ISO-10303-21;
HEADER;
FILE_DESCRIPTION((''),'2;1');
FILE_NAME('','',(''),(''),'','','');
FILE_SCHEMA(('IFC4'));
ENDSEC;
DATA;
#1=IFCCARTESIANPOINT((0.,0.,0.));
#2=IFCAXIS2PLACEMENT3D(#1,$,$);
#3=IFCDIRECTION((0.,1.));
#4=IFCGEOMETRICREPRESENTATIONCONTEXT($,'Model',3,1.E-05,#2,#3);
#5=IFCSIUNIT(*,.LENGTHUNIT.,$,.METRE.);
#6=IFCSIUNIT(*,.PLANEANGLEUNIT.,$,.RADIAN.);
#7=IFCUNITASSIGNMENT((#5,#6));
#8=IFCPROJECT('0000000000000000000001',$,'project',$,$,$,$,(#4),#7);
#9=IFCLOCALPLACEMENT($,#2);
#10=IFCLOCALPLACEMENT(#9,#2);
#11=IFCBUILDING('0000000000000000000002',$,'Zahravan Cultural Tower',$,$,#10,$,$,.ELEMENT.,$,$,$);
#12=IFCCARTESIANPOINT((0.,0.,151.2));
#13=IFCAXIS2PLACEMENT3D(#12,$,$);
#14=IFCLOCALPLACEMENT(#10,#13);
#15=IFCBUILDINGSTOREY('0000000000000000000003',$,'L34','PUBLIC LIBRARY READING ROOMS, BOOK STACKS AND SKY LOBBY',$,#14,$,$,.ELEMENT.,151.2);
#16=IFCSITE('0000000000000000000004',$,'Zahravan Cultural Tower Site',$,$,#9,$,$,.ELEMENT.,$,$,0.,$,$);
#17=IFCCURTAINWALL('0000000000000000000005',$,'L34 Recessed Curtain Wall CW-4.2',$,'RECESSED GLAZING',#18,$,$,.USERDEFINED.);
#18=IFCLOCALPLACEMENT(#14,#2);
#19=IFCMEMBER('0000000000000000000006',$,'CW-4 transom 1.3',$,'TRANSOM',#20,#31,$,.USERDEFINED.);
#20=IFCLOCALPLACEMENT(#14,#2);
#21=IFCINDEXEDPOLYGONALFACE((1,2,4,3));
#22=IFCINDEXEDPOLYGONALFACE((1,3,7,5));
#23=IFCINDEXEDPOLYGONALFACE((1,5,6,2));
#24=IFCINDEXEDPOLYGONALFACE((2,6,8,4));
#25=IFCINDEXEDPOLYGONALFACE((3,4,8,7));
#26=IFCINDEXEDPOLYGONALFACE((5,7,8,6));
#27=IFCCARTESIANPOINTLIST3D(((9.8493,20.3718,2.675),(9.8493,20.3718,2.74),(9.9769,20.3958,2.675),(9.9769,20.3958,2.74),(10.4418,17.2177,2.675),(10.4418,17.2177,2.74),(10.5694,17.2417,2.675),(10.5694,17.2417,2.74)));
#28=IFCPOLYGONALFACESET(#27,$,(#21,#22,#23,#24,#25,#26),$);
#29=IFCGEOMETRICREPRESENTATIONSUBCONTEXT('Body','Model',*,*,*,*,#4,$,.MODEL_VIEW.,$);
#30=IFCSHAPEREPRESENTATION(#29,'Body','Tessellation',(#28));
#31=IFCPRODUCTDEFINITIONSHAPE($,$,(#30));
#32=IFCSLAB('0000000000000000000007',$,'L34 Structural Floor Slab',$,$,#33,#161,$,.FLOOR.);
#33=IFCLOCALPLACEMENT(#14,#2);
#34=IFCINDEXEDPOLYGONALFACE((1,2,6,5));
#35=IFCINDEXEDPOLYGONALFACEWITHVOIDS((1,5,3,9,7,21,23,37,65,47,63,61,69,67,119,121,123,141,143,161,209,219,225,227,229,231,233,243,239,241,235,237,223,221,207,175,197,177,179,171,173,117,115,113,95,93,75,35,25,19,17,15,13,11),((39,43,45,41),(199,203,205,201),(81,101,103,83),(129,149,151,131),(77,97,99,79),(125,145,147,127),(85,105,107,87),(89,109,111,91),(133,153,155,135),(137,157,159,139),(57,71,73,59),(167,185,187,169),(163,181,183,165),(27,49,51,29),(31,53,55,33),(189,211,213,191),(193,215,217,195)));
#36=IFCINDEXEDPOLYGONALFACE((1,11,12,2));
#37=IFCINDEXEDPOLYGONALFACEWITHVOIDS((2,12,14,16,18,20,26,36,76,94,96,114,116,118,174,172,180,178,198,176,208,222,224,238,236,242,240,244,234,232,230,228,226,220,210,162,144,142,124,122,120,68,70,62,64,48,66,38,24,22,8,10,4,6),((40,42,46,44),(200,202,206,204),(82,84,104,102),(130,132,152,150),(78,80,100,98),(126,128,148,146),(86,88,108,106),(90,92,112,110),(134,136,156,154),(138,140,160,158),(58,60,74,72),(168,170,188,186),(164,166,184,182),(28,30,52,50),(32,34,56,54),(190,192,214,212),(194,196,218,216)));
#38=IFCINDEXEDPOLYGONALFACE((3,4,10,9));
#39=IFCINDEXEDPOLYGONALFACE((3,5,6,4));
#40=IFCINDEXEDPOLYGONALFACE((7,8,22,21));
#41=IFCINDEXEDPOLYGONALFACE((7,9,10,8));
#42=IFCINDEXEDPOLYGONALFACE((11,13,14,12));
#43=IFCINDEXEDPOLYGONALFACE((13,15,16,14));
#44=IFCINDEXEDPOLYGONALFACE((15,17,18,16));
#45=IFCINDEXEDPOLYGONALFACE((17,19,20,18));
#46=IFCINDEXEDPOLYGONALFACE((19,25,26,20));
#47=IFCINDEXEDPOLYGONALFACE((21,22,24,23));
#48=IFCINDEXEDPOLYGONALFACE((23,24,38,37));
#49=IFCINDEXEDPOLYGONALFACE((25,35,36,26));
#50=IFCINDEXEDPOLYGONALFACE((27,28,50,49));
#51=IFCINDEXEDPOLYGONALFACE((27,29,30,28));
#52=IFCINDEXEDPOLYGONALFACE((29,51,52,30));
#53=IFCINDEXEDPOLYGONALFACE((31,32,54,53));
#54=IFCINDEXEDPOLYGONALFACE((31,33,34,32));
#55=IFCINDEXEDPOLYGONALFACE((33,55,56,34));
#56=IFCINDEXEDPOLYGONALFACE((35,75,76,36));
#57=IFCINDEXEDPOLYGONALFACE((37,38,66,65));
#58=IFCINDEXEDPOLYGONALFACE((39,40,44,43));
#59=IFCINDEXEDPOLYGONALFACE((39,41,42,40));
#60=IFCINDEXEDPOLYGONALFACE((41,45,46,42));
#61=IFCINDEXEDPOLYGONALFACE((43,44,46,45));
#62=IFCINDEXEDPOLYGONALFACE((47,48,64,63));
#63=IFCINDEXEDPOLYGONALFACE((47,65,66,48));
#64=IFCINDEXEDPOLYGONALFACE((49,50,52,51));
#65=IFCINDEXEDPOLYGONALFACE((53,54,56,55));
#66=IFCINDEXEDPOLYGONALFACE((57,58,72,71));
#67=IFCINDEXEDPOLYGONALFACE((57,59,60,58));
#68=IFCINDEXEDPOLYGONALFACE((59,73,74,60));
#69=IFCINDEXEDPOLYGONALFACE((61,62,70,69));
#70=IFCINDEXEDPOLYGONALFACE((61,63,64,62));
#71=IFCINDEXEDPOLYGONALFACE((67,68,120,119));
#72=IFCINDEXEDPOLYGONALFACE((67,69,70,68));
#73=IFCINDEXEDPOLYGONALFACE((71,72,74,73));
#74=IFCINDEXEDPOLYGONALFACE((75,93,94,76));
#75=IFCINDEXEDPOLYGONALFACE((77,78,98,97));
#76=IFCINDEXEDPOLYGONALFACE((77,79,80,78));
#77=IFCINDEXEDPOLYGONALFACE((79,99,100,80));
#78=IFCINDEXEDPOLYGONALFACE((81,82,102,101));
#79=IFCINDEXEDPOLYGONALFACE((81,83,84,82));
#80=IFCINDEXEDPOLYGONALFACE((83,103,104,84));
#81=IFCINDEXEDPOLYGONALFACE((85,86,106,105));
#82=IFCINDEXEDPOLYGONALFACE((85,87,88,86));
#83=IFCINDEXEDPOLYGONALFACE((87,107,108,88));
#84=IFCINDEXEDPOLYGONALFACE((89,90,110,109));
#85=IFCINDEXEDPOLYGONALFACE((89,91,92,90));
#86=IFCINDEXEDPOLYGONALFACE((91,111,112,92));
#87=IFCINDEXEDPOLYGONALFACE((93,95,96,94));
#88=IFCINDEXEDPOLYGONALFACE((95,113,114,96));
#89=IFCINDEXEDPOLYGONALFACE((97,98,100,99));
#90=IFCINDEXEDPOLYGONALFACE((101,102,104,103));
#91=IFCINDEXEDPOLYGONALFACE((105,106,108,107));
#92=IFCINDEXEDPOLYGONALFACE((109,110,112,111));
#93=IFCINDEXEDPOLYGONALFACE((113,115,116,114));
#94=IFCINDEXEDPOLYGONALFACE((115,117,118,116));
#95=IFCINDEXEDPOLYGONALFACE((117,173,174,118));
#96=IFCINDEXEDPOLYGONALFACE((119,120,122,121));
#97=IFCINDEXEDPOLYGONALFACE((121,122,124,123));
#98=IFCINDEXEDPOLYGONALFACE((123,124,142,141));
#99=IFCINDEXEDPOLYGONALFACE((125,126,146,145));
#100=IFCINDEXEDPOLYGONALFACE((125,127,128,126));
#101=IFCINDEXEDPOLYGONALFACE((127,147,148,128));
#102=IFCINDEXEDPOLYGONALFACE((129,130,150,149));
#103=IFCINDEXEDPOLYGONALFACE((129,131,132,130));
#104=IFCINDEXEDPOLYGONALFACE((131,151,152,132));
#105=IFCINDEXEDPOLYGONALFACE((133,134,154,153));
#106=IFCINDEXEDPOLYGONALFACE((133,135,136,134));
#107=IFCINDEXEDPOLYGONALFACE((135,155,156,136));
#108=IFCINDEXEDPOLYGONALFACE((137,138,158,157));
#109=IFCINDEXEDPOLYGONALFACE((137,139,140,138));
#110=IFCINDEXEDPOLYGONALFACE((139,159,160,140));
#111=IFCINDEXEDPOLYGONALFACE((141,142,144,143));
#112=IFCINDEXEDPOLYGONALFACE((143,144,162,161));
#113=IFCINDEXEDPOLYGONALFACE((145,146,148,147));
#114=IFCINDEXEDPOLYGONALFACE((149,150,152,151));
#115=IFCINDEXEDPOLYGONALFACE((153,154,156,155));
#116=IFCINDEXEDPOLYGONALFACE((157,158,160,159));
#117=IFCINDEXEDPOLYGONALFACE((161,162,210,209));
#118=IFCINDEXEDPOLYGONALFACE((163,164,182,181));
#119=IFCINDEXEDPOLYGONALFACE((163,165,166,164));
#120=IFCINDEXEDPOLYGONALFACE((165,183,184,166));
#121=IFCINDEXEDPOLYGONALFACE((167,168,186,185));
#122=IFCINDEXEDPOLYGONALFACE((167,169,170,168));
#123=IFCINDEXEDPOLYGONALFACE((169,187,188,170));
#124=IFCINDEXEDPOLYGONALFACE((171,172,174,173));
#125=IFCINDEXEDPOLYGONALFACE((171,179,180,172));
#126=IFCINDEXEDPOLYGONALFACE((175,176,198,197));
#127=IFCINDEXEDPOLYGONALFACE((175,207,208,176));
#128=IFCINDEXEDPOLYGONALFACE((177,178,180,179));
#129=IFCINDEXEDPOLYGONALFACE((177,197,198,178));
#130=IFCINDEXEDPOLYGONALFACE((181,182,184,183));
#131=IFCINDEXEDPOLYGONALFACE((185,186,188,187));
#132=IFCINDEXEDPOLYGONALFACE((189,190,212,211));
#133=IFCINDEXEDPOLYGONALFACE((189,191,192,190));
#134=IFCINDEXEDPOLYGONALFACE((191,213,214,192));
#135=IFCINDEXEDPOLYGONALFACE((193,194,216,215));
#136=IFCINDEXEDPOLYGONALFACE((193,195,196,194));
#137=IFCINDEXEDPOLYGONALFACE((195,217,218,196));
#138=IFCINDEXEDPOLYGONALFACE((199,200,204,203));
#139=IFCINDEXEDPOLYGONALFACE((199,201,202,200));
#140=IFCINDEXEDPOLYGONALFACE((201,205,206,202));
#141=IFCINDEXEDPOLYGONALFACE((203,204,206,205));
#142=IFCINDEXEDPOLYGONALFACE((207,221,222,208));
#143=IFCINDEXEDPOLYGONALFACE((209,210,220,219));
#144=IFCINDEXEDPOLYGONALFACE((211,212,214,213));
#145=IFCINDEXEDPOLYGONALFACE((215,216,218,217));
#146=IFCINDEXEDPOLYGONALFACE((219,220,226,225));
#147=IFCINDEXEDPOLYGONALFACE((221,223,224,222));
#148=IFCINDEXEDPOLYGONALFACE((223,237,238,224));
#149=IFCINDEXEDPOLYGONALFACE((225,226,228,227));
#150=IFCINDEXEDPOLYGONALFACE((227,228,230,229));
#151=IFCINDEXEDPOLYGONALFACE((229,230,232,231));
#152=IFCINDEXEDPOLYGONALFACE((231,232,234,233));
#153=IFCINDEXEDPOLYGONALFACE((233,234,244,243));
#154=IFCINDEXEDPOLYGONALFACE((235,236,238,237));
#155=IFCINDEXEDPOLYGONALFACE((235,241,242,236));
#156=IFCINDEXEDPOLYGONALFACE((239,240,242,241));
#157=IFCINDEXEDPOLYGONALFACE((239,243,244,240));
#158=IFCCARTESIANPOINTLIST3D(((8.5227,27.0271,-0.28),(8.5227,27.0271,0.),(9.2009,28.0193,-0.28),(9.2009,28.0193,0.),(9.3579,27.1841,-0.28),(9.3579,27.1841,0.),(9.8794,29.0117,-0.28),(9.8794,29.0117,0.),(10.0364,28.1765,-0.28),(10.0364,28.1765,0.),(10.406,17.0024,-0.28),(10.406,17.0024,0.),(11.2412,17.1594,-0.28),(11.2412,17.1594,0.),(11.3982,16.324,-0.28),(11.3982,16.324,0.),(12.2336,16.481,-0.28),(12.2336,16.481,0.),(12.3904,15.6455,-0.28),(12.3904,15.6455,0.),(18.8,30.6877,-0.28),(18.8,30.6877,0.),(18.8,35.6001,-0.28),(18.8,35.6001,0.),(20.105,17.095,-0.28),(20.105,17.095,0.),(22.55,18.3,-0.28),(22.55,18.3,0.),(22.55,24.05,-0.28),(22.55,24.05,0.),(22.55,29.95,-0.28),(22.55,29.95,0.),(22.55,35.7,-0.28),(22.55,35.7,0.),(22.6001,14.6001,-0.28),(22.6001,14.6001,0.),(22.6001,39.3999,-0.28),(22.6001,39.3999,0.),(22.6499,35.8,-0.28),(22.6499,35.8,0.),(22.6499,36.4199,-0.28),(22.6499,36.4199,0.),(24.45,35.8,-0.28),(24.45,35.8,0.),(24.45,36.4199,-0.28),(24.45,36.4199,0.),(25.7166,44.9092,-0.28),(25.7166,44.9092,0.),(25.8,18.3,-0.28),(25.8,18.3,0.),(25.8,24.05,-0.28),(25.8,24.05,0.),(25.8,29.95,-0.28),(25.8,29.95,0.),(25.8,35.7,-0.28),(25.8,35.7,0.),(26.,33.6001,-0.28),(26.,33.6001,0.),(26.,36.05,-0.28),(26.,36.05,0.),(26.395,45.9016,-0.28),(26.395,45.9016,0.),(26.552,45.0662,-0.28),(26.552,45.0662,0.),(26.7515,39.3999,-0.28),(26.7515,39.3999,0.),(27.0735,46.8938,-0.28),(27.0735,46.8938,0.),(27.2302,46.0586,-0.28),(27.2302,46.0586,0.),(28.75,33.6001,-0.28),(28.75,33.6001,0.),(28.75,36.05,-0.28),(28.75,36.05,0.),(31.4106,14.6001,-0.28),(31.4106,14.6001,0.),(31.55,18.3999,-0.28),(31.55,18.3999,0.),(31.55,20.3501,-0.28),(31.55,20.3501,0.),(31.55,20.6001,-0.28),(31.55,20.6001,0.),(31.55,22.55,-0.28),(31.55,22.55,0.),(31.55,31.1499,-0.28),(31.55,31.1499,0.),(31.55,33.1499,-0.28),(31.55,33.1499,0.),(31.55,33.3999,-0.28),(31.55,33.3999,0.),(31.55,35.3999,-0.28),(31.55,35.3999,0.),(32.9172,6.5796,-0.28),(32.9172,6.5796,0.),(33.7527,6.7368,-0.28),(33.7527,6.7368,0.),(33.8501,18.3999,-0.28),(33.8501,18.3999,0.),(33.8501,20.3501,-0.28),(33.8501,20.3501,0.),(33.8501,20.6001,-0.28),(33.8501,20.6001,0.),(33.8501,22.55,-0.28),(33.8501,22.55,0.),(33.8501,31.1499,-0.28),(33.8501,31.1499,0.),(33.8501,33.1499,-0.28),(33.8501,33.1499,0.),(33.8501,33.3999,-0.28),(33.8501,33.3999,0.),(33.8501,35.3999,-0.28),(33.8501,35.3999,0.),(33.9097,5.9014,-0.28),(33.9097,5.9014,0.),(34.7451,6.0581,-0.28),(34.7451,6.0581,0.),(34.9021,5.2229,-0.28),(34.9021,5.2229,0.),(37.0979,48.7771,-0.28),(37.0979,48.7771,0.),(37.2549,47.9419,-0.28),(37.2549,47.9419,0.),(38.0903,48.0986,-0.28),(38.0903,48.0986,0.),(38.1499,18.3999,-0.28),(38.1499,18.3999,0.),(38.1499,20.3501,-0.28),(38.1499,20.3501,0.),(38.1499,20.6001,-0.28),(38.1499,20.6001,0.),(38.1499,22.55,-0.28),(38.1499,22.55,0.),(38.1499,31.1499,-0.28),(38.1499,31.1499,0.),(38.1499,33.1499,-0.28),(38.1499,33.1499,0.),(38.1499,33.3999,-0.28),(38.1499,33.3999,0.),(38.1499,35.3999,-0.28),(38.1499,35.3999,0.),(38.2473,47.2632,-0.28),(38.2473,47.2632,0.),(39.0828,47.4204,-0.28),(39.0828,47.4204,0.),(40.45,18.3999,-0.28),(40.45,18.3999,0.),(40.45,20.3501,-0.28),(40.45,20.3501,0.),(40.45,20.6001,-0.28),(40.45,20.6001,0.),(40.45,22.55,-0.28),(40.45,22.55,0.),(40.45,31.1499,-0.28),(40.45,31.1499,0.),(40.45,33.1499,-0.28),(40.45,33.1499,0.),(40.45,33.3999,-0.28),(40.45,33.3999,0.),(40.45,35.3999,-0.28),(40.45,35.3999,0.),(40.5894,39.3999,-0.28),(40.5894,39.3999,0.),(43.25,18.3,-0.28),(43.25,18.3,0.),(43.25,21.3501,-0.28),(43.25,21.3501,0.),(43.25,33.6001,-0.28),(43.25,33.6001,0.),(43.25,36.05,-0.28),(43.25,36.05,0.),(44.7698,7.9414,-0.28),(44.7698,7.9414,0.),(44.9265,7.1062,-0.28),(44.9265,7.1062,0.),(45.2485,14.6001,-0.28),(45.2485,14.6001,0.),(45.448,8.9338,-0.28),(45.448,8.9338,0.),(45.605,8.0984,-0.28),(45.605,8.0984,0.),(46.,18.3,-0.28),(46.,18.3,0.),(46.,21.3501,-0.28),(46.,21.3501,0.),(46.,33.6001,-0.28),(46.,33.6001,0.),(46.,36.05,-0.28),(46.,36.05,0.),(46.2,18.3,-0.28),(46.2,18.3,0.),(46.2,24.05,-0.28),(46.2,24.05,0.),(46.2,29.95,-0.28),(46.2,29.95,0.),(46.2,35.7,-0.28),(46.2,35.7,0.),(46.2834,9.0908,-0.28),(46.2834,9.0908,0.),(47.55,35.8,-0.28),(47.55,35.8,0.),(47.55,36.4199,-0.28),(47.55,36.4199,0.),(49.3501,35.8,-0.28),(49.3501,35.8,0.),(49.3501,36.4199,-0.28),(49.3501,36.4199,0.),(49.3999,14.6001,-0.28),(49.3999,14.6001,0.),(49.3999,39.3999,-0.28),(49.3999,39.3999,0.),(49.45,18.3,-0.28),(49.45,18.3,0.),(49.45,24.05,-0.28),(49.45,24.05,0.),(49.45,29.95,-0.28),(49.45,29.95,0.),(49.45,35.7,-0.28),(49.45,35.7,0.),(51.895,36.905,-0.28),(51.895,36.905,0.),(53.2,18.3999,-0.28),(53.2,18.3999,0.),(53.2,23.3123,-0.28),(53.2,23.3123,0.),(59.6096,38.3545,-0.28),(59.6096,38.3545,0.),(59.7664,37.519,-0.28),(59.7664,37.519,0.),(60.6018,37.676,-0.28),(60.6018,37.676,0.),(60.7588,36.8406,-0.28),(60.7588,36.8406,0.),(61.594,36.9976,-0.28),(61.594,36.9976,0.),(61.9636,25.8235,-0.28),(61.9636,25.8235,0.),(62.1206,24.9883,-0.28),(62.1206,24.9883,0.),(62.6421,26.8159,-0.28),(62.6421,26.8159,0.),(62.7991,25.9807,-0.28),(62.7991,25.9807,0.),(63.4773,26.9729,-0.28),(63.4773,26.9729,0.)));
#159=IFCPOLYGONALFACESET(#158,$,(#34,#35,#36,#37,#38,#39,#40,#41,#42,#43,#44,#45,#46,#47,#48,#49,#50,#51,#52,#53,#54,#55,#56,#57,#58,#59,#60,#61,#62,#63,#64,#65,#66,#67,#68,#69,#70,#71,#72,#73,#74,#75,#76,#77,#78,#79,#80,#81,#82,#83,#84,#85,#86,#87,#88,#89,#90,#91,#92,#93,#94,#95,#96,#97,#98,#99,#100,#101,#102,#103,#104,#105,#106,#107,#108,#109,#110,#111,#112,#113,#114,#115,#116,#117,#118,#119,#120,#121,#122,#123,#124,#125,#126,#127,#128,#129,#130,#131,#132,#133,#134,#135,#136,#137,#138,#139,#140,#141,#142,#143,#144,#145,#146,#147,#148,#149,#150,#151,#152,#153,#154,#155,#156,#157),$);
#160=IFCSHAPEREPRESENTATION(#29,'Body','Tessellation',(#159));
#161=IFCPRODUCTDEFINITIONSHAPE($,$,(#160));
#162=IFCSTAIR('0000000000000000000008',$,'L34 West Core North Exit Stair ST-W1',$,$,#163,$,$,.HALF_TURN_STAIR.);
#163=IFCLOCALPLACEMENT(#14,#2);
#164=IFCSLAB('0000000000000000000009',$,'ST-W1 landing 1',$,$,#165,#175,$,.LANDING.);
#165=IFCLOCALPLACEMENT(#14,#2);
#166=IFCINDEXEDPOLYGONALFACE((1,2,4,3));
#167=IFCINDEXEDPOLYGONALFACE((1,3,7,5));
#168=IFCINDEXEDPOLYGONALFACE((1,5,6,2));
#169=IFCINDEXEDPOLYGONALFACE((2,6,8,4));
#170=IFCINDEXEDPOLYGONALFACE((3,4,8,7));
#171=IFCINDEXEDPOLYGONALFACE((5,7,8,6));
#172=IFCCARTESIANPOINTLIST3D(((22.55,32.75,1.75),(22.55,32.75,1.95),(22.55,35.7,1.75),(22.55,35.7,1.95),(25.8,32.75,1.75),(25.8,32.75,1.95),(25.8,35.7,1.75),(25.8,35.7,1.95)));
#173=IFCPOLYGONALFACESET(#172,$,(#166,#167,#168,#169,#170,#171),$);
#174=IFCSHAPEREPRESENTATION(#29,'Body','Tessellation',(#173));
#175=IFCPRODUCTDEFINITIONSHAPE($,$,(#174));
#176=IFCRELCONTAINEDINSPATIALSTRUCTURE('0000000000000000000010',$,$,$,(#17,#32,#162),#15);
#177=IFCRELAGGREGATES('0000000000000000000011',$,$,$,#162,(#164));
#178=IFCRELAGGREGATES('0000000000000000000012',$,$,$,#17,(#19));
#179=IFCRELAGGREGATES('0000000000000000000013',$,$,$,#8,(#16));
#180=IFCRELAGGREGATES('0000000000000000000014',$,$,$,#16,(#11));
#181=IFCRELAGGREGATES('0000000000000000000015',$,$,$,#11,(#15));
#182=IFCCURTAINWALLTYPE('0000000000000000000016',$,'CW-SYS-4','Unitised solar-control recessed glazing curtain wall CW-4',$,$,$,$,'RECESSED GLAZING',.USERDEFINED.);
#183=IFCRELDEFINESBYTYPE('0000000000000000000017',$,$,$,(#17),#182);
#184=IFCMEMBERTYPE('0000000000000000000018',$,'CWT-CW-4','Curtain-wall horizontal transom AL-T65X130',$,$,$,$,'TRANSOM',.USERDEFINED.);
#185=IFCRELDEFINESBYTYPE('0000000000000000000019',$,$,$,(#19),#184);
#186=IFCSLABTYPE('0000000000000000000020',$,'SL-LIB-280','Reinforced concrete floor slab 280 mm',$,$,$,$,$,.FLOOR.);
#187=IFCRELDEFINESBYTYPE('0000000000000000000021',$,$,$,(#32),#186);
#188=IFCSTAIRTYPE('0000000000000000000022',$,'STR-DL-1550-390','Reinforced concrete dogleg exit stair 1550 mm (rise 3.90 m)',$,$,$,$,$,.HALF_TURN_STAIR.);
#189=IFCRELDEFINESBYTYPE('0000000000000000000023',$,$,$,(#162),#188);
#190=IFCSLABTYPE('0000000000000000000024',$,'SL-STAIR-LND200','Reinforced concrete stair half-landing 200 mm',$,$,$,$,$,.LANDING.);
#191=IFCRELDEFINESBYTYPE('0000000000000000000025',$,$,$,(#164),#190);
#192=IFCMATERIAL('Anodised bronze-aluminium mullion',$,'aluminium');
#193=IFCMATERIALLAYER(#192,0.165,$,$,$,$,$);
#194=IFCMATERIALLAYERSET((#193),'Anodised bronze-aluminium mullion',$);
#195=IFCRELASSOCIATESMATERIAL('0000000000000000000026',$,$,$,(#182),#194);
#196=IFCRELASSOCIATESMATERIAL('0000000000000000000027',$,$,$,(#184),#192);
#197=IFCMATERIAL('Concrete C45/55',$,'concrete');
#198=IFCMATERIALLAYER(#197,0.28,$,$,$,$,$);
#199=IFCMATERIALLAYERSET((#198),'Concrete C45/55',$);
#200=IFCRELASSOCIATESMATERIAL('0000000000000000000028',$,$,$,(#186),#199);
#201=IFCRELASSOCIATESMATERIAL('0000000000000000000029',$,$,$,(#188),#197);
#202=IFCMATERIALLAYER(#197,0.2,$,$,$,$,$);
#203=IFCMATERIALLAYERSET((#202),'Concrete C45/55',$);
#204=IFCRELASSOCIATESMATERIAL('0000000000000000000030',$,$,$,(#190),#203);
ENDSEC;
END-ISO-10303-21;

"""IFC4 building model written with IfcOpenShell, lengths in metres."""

from ifc_helpers import new_model, si_unit, direction, frame, origin, origin_2d, place, context, subcontext, project, spatial, polyline, rectangle, outline, extrude, source, transform, mapped, material, layer, layer_set, material_profile, profile_set, type_object, element, aggregate, save


model = new_model("IFC4")

# Units and contexts
model_context = context("Model", 3, precision=1e-05, world=origin(), true_north=direction((0.0, 1.0)))
body_context = subcontext(model_context, "Body", "Model", "MODEL_VIEW")
ifc_project = project(units=[si_unit("LENGTHUNIT", "METRE"), si_unit("PLANEANGLEUNIT", "RADIAN")], contexts=[model_context])

# Site, building, storey
site_placement = place(None, origin())
site = spatial("IfcSite", under=ifc_project, at=site_placement, Name="Zahravan Cultural Tower Site", CompositionType="ELEMENT", RefElevation=0.0)
building_placement = place(site_placement, origin())
building = spatial("IfcBuilding", under=site, at=building_placement, Name="Zahravan Cultural Tower", CompositionType="ELEMENT")
storey_placement = place(building_placement, frame((0.0, 0.0, 151.2)))
storey = spatial("IfcBuildingStorey", under=building, at=storey_placement, Name="L34", Description="PUBLIC LIBRARY READING ROOMS, BOOK STACKS AND SKY LOBBY", CompositionType="ELEMENT", Elevation=151.2)

# Curtain wall, member
ifc_material_1 = material(Name="Anodised bronze-aluminium mullion", Category="aluminium")
ifc_layer_1 = layer(ifc_material_1, 0.165)
ifc_layer_set_1 = layer_set([ifc_layer_1], Name="Anodised bronze-aluminium mullion")
curtain_wall_type = type_object("IfcCurtainWallType", Name="CW-SYS-4", Description="Unitised solar-control recessed glazing curtain wall CW-4", ElementType="RECESSED GLAZING", PredefinedType="USERDEFINED", material=ifc_layer_set_1)
curtain_wall_placement = place(storey_placement, origin())
curtain_wall = element("IfcCurtainWall", 1, at=curtain_wall_placement, inside=storey, type_object=curtain_wall_type, Name="L34 Recessed Curtain Wall CW-4.2", ObjectType="RECESSED GLAZING", PredefinedType="USERDEFINED")
ifc_material_profile_1 = material_profile(ifc_material_1, rectangle(XDim=0.1299, YDim=0.0649, at=origin_2d()), Name="AL-T65X130")
ifc_profile_set_1 = profile_set([ifc_material_profile_1], Name="Anodised bronze-aluminium mullion")
member_type_1 = type_object("IfcMemberType", Name="CWT-CW-4", Description="Curtain-wall horizontal transom AL-T65X130", ElementType="TRANSOM", PredefinedType="USERDEFINED", material=ifc_profile_set_1)
shared_shape_1 = source(origin(), body_context, "Body", "SweptSolid", [
    extrude(rectangle(XDim=0.1299, YDim=0.0649, at=origin_2d()), origin(), (0.0, 0.0, 1.0), 3.2092),
])
member_1_placement = place(storey_placement, frame((10.5056, 17.2297, 2.7075), z_axis=(-0.184633, 0.982808, 0.0), x_axis=(-0.982808, -0.184633, 0.0)))
member_1 = element("IfcMember", 2, at=member_1_placement, type_object=member_type_1, Name="CW-4 transom 1.3", ObjectType="TRANSOM", PredefinedType="USERDEFINED", context=body_context, shape_type="MappedRepresentation", body=[
    mapped(shared_shape_1, transform((0.0, 0.0, 0.0), x_axis=(1.0, 0.0, 0.0), y_axis=(0.0, 1.0, 0.0), z_axis=(0.0, 0.0, 1.0), scale=1.0)),
])

# Slab
ifc_material_2 = material(Name="Concrete C45/55", Category="concrete")
ifc_layer_2 = layer(ifc_material_2, 0.28)
ifc_layer_set_2 = layer_set([ifc_layer_2], Name="Concrete C45/55")
slab_type_1 = type_object("IfcSlabType", Name="SL-LIB-280", Description="Reinforced concrete floor slab 280 mm", PredefinedType="FLOOR", material=ifc_layer_set_2)
slab_1_placement = place(storey_placement, frame((0.0, 0.0, -0.28)))
element("IfcSlab", 3, at=slab_1_placement, inside=storey, type_object=slab_type_1, Name="L34 Structural Floor Slab", PredefinedType="FLOOR", context=body_context, shape_type="SweptSolid", body=[
    extrude(outline(polyline([(51.895, 36.905), (49.3999, 39.3999), (40.5894, 39.3999), (39.0828, 47.4204), (38.2473, 47.2632), (38.0903, 48.0986), (37.2549, 47.9419), (37.0979, 48.7771), (27.0735, 46.8938), (27.2302, 46.0586), (26.395, 45.9016), (26.552, 45.0662), (25.7166, 44.9092), (26.7515, 39.3999), (22.6001, 39.3999), (18.8, 35.6001), (18.8, 30.6877), (9.8794, 29.0117), (10.0364, 28.1765), (9.2009, 28.0193), (9.3579, 27.1841), (8.5227, 27.0271), (10.406, 17.0024), (11.2412, 17.1594), (11.3982, 16.324), (12.2336, 16.481), (12.3904, 15.6455), (20.105, 17.095), (22.6001, 14.6001), (31.4106, 14.6001), (32.9172, 6.5796), (33.7527, 6.7368), (33.9097, 5.9014), (34.7451, 6.0581), (34.9021, 5.2229), (44.9265, 7.1062), (44.7698, 7.9414), (45.605, 8.0984), (45.448, 8.9338), (46.2834, 9.0908), (45.2485, 14.6001), (49.3999, 14.6001), (53.2, 18.3999), (53.2, 23.3123), (62.1206, 24.9883), (61.9636, 25.8235), (62.7991, 25.9807), (62.6421, 26.8159), (63.4773, 26.9729), (61.594, 36.9976), (60.7588, 36.8406), (60.6018, 37.676), (59.7664, 37.519), (59.6096, 38.3545), (51.895, 36.905)]), holes=[polyline([(22.55, 29.95), (22.55, 35.7), (25.8, 35.7), (25.8, 29.95), (22.55, 29.95)]), polyline([(22.55, 18.3), (22.55, 24.05), (25.8, 24.05), (25.8, 18.3), (22.55, 18.3)]), polyline([(46.2, 29.95), (46.2, 35.7), (49.45, 35.7), (49.45, 29.95), (46.2, 29.95)]), polyline([(46.2, 18.3), (46.2, 24.05), (49.45, 24.05), (49.45, 18.3), (46.2, 18.3)]), polyline([(26.0, 33.6001), (26.0, 36.05), (28.75, 36.05), (28.75, 33.6001), (26.0, 33.6001)]), polyline([(43.25, 33.6001), (43.25, 36.05), (46.0, 36.05), (46.0, 33.6001), (43.25, 33.6001)]), polyline([(43.25, 18.3), (43.25, 21.3501), (46.0, 21.3501), (46.0, 18.3), (43.25, 18.3)]), polyline([(31.55, 33.3999), (31.55, 35.3999), (33.8501, 35.3999), (33.8501, 33.3999), (31.55, 33.3999)]), polyline([(31.55, 31.1499), (31.55, 33.1499), (33.8501, 33.1499), (33.8501, 31.1499), (31.55, 31.1499)]), polyline([(38.1499, 33.3999), (38.1499, 35.3999), (40.45, 35.3999), (40.45, 33.3999), (38.1499, 33.3999)]), polyline([(38.1499, 31.1499), (38.1499, 33.1499), (40.45, 33.1499), (40.45, 31.1499), (38.1499, 31.1499)]), polyline([(31.55, 20.6001), (31.55, 22.55), (33.8501, 22.55), (33.8501, 20.6001), (31.55, 20.6001)]), polyline([(31.55, 18.3999), (31.55, 20.3501), (33.8501, 20.3501), (33.8501, 18.3999), (31.55, 18.3999)]), polyline([(38.1499, 20.6001), (38.1499, 22.55), (40.45, 22.55), (40.45, 20.6001), (38.1499, 20.6001)]), polyline([(38.1499, 18.3999), (38.1499, 20.3501), (40.45, 20.3501), (40.45, 18.3999), (38.1499, 18.3999)]), polyline([(22.6499, 35.8), (22.6499, 36.4199), (24.45, 36.4199), (24.45, 35.8), (22.6499, 35.8)]), polyline([(47.55, 35.8), (47.55, 36.4199), (49.3501, 36.4199), (49.3501, 35.8), (47.55, 35.8)])]), origin(), (0.0, 0.0, 1.0), 0.28),
])

# Stair, slab
stair_type = type_object("IfcStairType", Name="STR-DL-1550-390", Description="Reinforced concrete dogleg exit stair 1550 mm (rise 3.90 m)", PredefinedType="HALF_TURN_STAIR", material=ifc_material_2)
stair_1_placement = place(storey_placement, origin())
stair_1 = element("IfcStair", 4, at=stair_1_placement, inside=storey, type_object=stair_type, Name="L34 West Core North Exit Stair ST-W1", PredefinedType="HALF_TURN_STAIR")
ifc_layer_3 = layer(ifc_material_2, 0.2)
ifc_layer_set_3 = layer_set([ifc_layer_3], Name="Concrete C45/55")
slab_type_2 = type_object("IfcSlabType", Name="SL-STAIR-LND200", Description="Reinforced concrete stair half-landing 200 mm", PredefinedType="LANDING", material=ifc_layer_set_3)
slab_2_placement = place(storey_placement, frame((0.0, 0.0, 1.75)))
slab_2 = element("IfcSlab", 5, at=slab_2_placement, type_object=slab_type_2, Name="ST-W1 landing 1", PredefinedType="LANDING", context=body_context, shape_type="SweptSolid", body=[
    extrude(outline(polyline([(25.8, 32.75), (25.8, 35.7), (22.55, 35.7), (22.55, 32.75), (25.8, 32.75)])), origin(), (0.0, 0.0, 1.0), 0.2),
])
aggregate(stair_1, [slab_2])

aggregate(curtain_wall, [member_1])

save(model, "model.ifc")
